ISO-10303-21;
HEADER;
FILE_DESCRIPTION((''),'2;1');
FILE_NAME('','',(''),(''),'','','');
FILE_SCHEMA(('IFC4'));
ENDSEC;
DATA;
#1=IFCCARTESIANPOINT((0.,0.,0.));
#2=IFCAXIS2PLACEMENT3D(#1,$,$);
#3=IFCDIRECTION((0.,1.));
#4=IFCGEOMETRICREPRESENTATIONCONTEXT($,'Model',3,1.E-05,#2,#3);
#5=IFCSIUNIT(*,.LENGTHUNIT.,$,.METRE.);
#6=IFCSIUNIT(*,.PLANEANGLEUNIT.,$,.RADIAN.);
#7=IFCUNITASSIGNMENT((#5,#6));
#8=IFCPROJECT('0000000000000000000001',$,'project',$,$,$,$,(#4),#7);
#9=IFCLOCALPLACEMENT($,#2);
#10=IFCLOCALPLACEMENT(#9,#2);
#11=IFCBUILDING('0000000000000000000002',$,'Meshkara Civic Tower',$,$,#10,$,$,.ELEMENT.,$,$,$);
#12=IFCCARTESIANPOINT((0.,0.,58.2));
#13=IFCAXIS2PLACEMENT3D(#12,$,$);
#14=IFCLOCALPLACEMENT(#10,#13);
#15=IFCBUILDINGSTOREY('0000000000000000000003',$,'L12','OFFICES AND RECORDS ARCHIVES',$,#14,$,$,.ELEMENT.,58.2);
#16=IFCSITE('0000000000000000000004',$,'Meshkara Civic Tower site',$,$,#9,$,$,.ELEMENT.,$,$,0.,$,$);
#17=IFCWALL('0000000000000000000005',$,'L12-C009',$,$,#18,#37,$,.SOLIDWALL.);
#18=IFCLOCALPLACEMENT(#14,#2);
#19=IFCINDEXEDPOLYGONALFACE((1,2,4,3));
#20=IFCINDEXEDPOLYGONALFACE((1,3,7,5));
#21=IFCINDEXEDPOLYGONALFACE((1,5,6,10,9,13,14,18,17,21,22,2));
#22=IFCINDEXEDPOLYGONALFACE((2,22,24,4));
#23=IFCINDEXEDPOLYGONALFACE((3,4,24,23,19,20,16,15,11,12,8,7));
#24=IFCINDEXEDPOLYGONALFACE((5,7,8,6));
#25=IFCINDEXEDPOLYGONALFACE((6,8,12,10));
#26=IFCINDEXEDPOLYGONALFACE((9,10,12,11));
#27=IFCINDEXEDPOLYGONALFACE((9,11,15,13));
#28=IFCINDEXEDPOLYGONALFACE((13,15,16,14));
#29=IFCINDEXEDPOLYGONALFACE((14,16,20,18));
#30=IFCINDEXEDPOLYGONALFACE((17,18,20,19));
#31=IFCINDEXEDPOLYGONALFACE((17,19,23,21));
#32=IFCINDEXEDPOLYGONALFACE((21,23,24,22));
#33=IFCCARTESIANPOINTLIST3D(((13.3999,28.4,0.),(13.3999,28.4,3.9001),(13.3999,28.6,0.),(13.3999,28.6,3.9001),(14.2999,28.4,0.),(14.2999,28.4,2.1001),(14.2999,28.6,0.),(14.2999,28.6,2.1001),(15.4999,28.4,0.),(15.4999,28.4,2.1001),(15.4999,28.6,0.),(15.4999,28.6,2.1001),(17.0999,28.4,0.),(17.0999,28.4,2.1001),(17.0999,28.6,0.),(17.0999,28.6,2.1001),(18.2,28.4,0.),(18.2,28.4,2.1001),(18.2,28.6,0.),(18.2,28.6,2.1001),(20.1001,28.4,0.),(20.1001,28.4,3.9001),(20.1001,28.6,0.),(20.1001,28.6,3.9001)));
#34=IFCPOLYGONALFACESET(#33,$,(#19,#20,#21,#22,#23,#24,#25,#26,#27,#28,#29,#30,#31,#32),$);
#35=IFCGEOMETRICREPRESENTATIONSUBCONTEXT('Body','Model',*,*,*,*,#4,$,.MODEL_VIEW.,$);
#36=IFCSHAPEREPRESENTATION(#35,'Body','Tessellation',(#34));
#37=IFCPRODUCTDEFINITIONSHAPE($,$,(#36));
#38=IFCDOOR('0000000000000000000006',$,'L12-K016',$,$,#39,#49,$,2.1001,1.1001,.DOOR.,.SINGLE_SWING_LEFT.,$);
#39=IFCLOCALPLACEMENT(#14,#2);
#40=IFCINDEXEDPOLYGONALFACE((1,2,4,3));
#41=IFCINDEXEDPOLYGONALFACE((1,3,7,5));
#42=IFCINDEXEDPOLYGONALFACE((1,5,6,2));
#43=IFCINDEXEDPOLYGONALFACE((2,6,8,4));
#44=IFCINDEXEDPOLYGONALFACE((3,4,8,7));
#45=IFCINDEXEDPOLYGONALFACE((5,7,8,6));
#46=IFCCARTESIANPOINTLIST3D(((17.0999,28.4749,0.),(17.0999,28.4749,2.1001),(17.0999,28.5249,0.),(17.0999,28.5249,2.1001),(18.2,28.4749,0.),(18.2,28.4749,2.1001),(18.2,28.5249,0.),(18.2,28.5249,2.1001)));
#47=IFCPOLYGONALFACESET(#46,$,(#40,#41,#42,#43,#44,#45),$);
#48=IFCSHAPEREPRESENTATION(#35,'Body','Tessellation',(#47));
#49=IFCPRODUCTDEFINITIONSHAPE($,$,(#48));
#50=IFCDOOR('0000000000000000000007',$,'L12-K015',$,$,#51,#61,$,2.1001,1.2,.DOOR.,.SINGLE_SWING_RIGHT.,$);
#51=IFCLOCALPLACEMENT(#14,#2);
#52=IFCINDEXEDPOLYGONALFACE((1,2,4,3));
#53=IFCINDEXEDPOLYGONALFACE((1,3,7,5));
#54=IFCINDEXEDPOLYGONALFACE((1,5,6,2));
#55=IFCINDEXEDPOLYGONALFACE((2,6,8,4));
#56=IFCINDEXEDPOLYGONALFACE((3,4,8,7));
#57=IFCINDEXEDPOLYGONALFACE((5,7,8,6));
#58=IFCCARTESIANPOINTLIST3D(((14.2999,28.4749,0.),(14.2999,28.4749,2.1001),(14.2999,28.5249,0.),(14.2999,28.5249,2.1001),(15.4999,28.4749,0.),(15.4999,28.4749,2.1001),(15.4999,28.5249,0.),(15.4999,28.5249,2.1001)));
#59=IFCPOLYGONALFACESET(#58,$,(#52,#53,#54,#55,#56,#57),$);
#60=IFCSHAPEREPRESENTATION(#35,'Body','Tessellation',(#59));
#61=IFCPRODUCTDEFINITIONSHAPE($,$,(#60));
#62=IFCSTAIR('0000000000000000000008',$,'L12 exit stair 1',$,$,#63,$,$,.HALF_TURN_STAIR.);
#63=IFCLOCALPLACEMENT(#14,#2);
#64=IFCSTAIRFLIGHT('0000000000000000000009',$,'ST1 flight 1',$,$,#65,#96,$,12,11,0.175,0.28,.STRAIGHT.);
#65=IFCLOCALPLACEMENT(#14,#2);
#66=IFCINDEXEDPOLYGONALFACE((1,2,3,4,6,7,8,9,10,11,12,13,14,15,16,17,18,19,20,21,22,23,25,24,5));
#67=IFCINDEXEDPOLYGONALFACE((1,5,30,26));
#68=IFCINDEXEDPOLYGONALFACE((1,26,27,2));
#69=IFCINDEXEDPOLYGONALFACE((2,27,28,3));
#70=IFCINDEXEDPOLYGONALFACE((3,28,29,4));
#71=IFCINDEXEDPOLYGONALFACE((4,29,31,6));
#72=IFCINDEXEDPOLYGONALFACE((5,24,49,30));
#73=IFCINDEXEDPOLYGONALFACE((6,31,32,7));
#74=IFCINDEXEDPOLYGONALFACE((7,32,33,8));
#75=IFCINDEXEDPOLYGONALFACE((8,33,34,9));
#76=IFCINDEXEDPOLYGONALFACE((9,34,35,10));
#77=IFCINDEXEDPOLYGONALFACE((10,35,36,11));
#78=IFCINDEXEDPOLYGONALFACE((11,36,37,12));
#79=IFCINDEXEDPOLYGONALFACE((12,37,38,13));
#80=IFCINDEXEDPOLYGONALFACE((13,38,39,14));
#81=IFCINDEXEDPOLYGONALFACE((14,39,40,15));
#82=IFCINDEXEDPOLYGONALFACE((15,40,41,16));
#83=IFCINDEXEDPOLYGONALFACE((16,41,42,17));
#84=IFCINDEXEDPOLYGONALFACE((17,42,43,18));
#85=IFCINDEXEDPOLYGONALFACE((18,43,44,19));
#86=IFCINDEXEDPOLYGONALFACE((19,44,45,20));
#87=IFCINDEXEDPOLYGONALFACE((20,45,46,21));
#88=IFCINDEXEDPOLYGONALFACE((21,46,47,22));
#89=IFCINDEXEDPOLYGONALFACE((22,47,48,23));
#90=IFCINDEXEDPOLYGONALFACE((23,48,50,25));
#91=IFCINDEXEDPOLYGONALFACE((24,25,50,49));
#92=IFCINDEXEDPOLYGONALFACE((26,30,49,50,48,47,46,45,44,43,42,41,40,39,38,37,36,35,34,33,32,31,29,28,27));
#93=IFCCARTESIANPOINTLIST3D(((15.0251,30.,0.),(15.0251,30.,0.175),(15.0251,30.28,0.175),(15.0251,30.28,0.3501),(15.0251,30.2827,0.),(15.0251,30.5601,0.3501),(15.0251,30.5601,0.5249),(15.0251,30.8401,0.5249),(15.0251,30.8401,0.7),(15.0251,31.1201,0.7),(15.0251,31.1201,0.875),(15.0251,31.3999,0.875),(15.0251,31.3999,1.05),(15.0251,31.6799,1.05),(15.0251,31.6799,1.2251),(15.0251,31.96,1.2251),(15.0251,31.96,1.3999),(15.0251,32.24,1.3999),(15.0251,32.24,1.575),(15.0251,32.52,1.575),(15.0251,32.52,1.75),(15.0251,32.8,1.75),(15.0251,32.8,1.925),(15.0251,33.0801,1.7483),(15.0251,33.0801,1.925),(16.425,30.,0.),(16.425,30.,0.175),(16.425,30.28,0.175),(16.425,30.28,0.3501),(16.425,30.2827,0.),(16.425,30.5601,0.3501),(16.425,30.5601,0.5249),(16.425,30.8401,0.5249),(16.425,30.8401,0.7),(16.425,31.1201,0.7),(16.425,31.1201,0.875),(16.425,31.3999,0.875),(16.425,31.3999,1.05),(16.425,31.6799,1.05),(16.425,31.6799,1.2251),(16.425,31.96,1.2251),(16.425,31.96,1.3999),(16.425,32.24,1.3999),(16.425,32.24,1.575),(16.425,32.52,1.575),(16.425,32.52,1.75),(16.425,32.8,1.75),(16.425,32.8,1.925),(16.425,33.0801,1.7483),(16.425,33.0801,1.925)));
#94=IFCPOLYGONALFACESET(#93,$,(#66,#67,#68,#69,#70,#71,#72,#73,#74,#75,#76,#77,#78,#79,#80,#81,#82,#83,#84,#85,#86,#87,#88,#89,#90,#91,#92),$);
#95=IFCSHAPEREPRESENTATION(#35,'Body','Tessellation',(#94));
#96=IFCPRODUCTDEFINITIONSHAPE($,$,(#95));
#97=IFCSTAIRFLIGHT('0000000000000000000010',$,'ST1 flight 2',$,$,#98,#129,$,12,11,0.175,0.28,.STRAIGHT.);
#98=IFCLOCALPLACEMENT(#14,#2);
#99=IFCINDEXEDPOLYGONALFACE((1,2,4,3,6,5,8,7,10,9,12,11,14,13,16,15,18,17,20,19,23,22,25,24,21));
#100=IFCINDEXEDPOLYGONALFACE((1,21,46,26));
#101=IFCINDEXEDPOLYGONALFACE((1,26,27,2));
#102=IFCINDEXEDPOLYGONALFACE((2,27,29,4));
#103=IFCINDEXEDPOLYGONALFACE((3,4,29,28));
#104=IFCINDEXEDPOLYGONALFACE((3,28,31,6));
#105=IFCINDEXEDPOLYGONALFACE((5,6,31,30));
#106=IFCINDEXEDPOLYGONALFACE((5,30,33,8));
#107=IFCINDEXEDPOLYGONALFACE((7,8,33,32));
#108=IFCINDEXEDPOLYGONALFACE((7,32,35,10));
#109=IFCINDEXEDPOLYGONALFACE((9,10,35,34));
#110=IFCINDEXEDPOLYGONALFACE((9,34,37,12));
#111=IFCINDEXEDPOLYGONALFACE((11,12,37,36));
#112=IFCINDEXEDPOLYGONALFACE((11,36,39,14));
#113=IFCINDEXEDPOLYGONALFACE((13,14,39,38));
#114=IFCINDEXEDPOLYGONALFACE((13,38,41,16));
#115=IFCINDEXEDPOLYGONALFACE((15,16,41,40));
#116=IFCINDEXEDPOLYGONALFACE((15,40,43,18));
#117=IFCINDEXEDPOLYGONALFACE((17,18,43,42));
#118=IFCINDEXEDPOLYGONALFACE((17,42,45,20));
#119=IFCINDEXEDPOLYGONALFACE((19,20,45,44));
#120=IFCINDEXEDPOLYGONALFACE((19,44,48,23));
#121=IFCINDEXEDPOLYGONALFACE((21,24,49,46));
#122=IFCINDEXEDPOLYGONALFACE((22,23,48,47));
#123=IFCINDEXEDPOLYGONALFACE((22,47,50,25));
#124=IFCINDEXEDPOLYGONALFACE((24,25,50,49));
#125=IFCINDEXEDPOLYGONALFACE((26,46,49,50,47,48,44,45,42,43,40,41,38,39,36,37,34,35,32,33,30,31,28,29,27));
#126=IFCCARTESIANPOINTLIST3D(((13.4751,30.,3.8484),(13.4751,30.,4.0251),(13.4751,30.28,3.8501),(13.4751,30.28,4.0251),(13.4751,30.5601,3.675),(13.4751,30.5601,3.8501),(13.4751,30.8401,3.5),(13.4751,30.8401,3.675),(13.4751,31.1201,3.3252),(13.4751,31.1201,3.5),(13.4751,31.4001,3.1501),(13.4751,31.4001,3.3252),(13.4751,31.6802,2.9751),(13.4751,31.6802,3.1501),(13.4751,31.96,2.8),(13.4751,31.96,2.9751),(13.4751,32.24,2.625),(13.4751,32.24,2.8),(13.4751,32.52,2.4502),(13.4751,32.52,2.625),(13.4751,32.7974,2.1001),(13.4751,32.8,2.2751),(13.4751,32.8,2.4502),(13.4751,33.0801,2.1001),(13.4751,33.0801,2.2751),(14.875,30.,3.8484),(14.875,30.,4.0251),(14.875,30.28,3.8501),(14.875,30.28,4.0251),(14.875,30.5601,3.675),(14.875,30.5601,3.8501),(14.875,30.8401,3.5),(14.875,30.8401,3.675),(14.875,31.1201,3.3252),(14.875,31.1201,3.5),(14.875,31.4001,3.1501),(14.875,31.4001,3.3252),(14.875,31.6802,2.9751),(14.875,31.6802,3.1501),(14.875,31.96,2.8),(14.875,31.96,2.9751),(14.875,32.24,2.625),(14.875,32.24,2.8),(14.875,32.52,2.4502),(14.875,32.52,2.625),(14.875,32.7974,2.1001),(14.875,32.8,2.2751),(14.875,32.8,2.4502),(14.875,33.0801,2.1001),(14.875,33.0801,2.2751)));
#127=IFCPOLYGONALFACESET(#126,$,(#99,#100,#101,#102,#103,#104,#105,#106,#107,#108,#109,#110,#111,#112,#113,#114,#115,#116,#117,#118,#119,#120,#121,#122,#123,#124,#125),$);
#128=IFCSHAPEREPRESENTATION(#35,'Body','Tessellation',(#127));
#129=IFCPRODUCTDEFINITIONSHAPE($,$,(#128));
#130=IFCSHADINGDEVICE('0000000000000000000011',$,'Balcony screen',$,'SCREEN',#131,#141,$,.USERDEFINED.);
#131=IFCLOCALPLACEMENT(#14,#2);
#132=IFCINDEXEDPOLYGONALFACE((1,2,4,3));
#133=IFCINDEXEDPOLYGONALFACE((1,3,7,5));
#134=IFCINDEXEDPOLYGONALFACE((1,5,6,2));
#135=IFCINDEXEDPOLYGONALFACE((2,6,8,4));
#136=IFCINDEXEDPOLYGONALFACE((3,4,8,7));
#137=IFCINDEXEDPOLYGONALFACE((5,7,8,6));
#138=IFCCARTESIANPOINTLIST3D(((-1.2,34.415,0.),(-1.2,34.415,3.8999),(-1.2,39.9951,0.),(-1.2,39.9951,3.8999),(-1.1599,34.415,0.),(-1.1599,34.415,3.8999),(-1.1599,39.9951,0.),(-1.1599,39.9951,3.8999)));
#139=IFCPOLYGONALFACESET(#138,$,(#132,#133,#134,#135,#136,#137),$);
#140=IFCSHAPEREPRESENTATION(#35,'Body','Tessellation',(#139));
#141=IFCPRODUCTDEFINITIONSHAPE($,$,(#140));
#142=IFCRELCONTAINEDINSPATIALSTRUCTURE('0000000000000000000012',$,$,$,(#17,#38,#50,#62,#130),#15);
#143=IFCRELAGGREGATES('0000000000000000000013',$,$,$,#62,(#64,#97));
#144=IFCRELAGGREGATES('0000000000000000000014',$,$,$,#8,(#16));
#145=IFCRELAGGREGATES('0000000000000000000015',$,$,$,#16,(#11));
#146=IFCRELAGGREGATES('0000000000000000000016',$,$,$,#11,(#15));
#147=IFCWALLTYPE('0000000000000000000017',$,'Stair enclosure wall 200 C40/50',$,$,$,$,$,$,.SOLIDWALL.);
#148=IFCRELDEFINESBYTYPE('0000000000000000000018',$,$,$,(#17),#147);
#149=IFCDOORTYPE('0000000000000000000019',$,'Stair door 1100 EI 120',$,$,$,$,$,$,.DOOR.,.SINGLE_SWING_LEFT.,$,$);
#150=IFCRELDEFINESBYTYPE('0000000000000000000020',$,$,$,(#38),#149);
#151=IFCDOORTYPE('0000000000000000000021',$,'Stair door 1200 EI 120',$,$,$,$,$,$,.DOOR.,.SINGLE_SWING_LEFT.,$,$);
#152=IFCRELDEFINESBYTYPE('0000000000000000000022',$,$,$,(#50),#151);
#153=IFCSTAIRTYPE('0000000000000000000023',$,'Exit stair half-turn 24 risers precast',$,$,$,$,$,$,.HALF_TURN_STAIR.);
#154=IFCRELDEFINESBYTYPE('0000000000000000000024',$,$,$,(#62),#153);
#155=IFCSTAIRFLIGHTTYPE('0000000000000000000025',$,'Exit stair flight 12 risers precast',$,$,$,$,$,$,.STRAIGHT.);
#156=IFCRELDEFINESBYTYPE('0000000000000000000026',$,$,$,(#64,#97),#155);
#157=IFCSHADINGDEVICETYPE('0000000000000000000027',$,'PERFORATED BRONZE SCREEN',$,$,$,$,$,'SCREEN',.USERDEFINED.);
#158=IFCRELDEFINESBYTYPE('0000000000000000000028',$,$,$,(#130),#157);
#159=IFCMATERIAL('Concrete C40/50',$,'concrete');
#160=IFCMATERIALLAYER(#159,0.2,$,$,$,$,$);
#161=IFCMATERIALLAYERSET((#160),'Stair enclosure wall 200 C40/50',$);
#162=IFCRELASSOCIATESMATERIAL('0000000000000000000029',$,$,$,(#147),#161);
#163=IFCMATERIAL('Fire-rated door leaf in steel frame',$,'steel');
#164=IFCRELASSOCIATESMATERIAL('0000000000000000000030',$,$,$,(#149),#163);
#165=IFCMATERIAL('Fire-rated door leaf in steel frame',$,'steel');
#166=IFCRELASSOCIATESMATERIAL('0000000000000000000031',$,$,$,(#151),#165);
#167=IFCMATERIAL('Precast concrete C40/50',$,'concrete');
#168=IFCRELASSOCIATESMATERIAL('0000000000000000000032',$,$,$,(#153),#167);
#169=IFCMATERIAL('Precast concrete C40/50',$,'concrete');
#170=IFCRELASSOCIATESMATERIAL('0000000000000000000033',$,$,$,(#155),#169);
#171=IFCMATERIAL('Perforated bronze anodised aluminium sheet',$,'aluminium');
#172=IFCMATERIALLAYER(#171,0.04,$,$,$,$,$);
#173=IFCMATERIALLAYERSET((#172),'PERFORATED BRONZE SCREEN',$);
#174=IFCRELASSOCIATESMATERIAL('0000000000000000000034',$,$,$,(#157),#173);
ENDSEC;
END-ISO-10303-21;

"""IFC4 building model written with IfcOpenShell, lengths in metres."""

from ifc_helpers import new_model, si_unit, direction, frame, frame_2d, origin, origin_2d, place, context, subcontext, project, spatial, polyline, rectangle, outline, extrude, material, layer, layer_set, type_object, element, fill, aggregate, save


model = new_model("IFC4")

# Units and contexts
model_context = context("Model", 3, precision=1e-05, world=origin(), true_north=direction((0.0, 1.0)))
body_context = subcontext(model_context, "Body", "Model", "MODEL_VIEW")
ifc_project = project(units=[si_unit("LENGTHUNIT", "METRE"), si_unit("PLANEANGLEUNIT", "RADIAN")], contexts=[model_context])

# Site, building, storey
site_placement = place(None, origin())
site = spatial("IfcSite", under=ifc_project, at=site_placement, Name="Meshkara Civic Tower site", CompositionType="ELEMENT", RefElevation=0.0)
building_placement = place(site_placement, origin())
building = spatial("IfcBuilding", under=site, at=building_placement, Name="Meshkara Civic Tower", CompositionType="ELEMENT")
storey_placement = place(building_placement, frame((0.0, 0.0, 58.2)))
storey = spatial("IfcBuildingStorey", under=building, at=storey_placement, Name="L12", Description="OFFICES AND RECORDS ARCHIVES", CompositionType="ELEMENT", Elevation=58.2)

# Wall, openings, doors
ifc_material_1 = material(Name="Concrete C40/50", Category="concrete")
ifc_layer_1 = layer(ifc_material_1, 0.2)
ifc_layer_set_1 = layer_set([ifc_layer_1], Name="Stair enclosure wall 200 C40/50")
wall_type_1 = type_object("IfcWallType", Name="Stair enclosure wall 200 C40/50", PredefinedType="SOLIDWALL", material=ifc_layer_set_1)
wall_1_placement = place(storey_placement, frame((13.3999, 28.5, 0.0), z_axis=(0.0, 0.0, 1.0), x_axis=(1.0, 0.0, 0.0)))
wall_1 = element("IfcWall", 1, at=wall_1_placement, inside=storey, type_object=wall_type_1, Name="L12-C009", PredefinedType="SOLIDWALL", context=body_context, shape_type="SweptSolid", body=[
    extrude(rectangle(XDim=6.7002, YDim=0.2, at=frame_2d((3.3501, 0.0))), origin(), (0.0, 0.0, 1.0), 3.9001),
])
opening_1_placement = place(wall_1_placement, frame((0.8999, 0.0, 0.0)))
opening_1 = element("IfcOpeningElement", 2, at=opening_1_placement, cuts=wall_1, PredefinedType="OPENING", context=body_context, shape_type="SweptSolid", body=[
    extrude(rectangle(XDim=1.2, YDim=2.1001, at=frame_2d((0.6001, 1.05))), frame((0.0, 0.1099, 0.0), z_axis=(0.0, -1.0, 0.0), x_axis=(1.0, 0.0, 0.0)), (0.0, 0.0, 1.0), 0.22),
])
opening_2_placement = place(wall_1_placement, frame((3.7, 0.0, 0.0)))
opening_2 = element("IfcOpeningElement", 3, at=opening_2_placement, cuts=wall_1, PredefinedType="OPENING", context=body_context, shape_type="SweptSolid", body=[
    extrude(rectangle(XDim=1.1001, YDim=2.1001, at=frame_2d((0.55, 1.05))), frame((0.0, 0.1099, 0.0), z_axis=(0.0, -1.0, 0.0), x_axis=(1.0, 0.0, 0.0)), (0.0, 0.0, 1.0), 0.22),
])
ifc_material_2 = material(Name="Fire-rated door leaf in steel frame", Category="steel")
door_type_1 = type_object("IfcDoorType", Name="Stair door 1100 EI 120", OperationType="SINGLE_SWING_LEFT", PredefinedType="DOOR", material=ifc_material_2)
door_1_placement = place(opening_2_placement, origin())
door_1 = element("IfcDoor", 4, at=door_1_placement, inside=storey, type_object=door_type_1, Name="L12-K016", OperationType="SINGLE_SWING_LEFT", OverallHeight=2.1001, OverallWidth=1.1001, PredefinedType="DOOR", context=body_context, shape_type="SweptSolid", body=[
    extrude(rectangle(XDim=1.1001, YDim=2.1001, at=frame_2d((0.55, 1.05))), frame((0.0, 0.0249, 0.0), z_axis=(0.0, -1.0, 0.0), x_axis=(1.0, 0.0, 0.0)), (0.0, 0.0, 1.0), 0.05),
])
fill(opening_2, door_1)
ifc_material_3 = material(Name="Fire-rated door leaf in steel frame", Category="steel")
door_type_2 = type_object("IfcDoorType", Name="Stair door 1200 EI 120", OperationType="SINGLE_SWING_LEFT", PredefinedType="DOOR", material=ifc_material_3)
door_2_placement = place(opening_1_placement, origin())
door_2 = element("IfcDoor", 5, at=door_2_placement, inside=storey, type_object=door_type_2, Name="L12-K015", OperationType="SINGLE_SWING_RIGHT", OverallHeight=2.1001, OverallWidth=1.2, PredefinedType="DOOR", context=body_context, shape_type="SweptSolid", body=[
    extrude(rectangle(XDim=1.2, YDim=2.1001, at=frame_2d((0.6001, 1.05))), frame((0.0, 0.0249, 0.0), z_axis=(0.0, -1.0, 0.0), x_axis=(1.0, 0.0, 0.0)), (0.0, 0.0, 1.0), 0.05),
])
fill(opening_1, door_2)

# Stair, stair flights
ifc_material_4 = material(Name="Precast concrete C40/50", Category="concrete")
stair_type = type_object("IfcStairType", Name="Exit stair half-turn 24 risers precast", PredefinedType="HALF_TURN_STAIR", material=ifc_material_4)
stair_placement = place(storey_placement, origin())
stair = element("IfcStair", 6, at=stair_placement, inside=storey, type_object=stair_type, Name="L12 exit stair 1", PredefinedType="HALF_TURN_STAIR")
ifc_material_5 = material(Name="Precast concrete C40/50", Category="concrete")
stair_flight_type = type_object("IfcStairFlightType", Name="Exit stair flight 12 risers precast", PredefinedType="STRAIGHT", material=ifc_material_5)
stair_flight_1_placement = place(storey_placement, frame((15.7251, 30.0, 0.0), z_axis=(0.0, 0.0, 1.0), x_axis=(0.0, 1.0, 0.0)))
stair_flight_1 = element("IfcStairFlight", 7, at=stair_flight_1_placement, type_object=stair_flight_type, Name="ST1 flight 1", NumberOfRisers=12, NumberOfTreads=11, PredefinedType="STRAIGHT", RiserHeight=0.175, TreadLength=0.28, context=body_context, shape_type="SweptSolid", body=[
    extrude(outline(polyline([(0.0, 0.0), (0.0, 0.175), (0.28, 0.175), (0.28, 0.3501), (0.5601, 0.3501), (0.5601, 0.5249), (0.8401, 0.5249), (0.8401, 0.7), (1.1201, 0.7), (1.1201, 0.875), (1.3999, 0.875), (1.3999, 1.05), (1.6799, 1.05), (1.6799, 1.2251), (1.96, 1.2251), (1.96, 1.3999), (2.24, 1.3999), (2.24, 1.575), (2.52, 1.575), (2.52, 1.75), (2.8, 1.75), (2.8, 1.925), (3.0801, 1.925), (3.0801, 2.1001), (3.0801, 1.7483), (0.2827, 0.0), (0.0, 0.0)])), frame((0.0, 0.7, 0.0), z_axis=(0.0, -1.0, 0.0), x_axis=(1.0, 0.0, 0.0)), (0.0, 0.0, 1.0), 1.3999),
])
stair_flight_2_placement = place(storey_placement, frame((14.175, 33.0801, 2.1001), z_axis=(0.0, 0.0, 1.0), x_axis=(0.0, -1.0, 0.0)))
stair_flight_2 = element("IfcStairFlight", 8, at=stair_flight_2_placement, type_object=stair_flight_type, Name="ST1 flight 2", NumberOfRisers=12, NumberOfTreads=11, PredefinedType="STRAIGHT", RiserHeight=0.175, TreadLength=0.28, context=body_context, shape_type="SweptSolid", body=[
    extrude(outline(polyline([(0.0, 0.0), (0.0, 0.175), (0.28, 0.175), (0.28, 0.3501), (0.5601, 0.3501), (0.5601, 0.5249), (0.8401, 0.5249), (0.8401, 0.7), (1.1201, 0.7), (1.1201, 0.875), (1.3999, 0.875), (1.3999, 1.05), (1.6799, 1.05), (1.6799, 1.2251), (1.96, 1.2251), (1.96, 1.3999), (2.24, 1.3999), (2.24, 1.575), (2.52, 1.575), (2.52, 1.75), (2.8, 1.75), (2.8, 1.925), (3.0801, 1.925), (3.0801, 2.1001), (3.0801, 1.7483), (0.2827, 0.0), (0.0, 0.0)])), frame((0.0, 0.7, 0.0), z_axis=(0.0, -1.0, 0.0), x_axis=(1.0, 0.0, 0.0)), (0.0, 0.0, 1.0), 1.3999),
])
aggregate(stair, [stair_flight_1, stair_flight_2])

# Shading device
ifc_material_6 = material(Name="Perforated bronze anodised aluminium sheet", Category="aluminium")
ifc_layer_2 = layer(ifc_material_6, 0.04)
ifc_layer_set_2 = layer_set([ifc_layer_2], Name="PERFORATED BRONZE SCREEN")
shading_device_type = type_object("IfcShadingDeviceType", Name="PERFORATED BRONZE SCREEN", ElementType="SCREEN", PredefinedType="USERDEFINED", material=ifc_layer_set_2)
shading_device_placement = place(storey_placement, frame((-1.1799, 37.2051, 0.0), z_axis=(0.0, 0.0, 1.0), x_axis=(0.0, -1.0, 0.0)))
element("IfcShadingDevice", 9, at=shading_device_placement, inside=storey, type_object=shading_device_type, Name="Balcony screen", ObjectType="SCREEN", PredefinedType="USERDEFINED", context=body_context, shape_type="SweptSolid", body=[
    extrude(rectangle(XDim=5.5801, YDim=0.04, at=origin_2d()), origin(), (0.0, 0.0, 1.0), 3.8999),
])

save(model, "model.ifc")
